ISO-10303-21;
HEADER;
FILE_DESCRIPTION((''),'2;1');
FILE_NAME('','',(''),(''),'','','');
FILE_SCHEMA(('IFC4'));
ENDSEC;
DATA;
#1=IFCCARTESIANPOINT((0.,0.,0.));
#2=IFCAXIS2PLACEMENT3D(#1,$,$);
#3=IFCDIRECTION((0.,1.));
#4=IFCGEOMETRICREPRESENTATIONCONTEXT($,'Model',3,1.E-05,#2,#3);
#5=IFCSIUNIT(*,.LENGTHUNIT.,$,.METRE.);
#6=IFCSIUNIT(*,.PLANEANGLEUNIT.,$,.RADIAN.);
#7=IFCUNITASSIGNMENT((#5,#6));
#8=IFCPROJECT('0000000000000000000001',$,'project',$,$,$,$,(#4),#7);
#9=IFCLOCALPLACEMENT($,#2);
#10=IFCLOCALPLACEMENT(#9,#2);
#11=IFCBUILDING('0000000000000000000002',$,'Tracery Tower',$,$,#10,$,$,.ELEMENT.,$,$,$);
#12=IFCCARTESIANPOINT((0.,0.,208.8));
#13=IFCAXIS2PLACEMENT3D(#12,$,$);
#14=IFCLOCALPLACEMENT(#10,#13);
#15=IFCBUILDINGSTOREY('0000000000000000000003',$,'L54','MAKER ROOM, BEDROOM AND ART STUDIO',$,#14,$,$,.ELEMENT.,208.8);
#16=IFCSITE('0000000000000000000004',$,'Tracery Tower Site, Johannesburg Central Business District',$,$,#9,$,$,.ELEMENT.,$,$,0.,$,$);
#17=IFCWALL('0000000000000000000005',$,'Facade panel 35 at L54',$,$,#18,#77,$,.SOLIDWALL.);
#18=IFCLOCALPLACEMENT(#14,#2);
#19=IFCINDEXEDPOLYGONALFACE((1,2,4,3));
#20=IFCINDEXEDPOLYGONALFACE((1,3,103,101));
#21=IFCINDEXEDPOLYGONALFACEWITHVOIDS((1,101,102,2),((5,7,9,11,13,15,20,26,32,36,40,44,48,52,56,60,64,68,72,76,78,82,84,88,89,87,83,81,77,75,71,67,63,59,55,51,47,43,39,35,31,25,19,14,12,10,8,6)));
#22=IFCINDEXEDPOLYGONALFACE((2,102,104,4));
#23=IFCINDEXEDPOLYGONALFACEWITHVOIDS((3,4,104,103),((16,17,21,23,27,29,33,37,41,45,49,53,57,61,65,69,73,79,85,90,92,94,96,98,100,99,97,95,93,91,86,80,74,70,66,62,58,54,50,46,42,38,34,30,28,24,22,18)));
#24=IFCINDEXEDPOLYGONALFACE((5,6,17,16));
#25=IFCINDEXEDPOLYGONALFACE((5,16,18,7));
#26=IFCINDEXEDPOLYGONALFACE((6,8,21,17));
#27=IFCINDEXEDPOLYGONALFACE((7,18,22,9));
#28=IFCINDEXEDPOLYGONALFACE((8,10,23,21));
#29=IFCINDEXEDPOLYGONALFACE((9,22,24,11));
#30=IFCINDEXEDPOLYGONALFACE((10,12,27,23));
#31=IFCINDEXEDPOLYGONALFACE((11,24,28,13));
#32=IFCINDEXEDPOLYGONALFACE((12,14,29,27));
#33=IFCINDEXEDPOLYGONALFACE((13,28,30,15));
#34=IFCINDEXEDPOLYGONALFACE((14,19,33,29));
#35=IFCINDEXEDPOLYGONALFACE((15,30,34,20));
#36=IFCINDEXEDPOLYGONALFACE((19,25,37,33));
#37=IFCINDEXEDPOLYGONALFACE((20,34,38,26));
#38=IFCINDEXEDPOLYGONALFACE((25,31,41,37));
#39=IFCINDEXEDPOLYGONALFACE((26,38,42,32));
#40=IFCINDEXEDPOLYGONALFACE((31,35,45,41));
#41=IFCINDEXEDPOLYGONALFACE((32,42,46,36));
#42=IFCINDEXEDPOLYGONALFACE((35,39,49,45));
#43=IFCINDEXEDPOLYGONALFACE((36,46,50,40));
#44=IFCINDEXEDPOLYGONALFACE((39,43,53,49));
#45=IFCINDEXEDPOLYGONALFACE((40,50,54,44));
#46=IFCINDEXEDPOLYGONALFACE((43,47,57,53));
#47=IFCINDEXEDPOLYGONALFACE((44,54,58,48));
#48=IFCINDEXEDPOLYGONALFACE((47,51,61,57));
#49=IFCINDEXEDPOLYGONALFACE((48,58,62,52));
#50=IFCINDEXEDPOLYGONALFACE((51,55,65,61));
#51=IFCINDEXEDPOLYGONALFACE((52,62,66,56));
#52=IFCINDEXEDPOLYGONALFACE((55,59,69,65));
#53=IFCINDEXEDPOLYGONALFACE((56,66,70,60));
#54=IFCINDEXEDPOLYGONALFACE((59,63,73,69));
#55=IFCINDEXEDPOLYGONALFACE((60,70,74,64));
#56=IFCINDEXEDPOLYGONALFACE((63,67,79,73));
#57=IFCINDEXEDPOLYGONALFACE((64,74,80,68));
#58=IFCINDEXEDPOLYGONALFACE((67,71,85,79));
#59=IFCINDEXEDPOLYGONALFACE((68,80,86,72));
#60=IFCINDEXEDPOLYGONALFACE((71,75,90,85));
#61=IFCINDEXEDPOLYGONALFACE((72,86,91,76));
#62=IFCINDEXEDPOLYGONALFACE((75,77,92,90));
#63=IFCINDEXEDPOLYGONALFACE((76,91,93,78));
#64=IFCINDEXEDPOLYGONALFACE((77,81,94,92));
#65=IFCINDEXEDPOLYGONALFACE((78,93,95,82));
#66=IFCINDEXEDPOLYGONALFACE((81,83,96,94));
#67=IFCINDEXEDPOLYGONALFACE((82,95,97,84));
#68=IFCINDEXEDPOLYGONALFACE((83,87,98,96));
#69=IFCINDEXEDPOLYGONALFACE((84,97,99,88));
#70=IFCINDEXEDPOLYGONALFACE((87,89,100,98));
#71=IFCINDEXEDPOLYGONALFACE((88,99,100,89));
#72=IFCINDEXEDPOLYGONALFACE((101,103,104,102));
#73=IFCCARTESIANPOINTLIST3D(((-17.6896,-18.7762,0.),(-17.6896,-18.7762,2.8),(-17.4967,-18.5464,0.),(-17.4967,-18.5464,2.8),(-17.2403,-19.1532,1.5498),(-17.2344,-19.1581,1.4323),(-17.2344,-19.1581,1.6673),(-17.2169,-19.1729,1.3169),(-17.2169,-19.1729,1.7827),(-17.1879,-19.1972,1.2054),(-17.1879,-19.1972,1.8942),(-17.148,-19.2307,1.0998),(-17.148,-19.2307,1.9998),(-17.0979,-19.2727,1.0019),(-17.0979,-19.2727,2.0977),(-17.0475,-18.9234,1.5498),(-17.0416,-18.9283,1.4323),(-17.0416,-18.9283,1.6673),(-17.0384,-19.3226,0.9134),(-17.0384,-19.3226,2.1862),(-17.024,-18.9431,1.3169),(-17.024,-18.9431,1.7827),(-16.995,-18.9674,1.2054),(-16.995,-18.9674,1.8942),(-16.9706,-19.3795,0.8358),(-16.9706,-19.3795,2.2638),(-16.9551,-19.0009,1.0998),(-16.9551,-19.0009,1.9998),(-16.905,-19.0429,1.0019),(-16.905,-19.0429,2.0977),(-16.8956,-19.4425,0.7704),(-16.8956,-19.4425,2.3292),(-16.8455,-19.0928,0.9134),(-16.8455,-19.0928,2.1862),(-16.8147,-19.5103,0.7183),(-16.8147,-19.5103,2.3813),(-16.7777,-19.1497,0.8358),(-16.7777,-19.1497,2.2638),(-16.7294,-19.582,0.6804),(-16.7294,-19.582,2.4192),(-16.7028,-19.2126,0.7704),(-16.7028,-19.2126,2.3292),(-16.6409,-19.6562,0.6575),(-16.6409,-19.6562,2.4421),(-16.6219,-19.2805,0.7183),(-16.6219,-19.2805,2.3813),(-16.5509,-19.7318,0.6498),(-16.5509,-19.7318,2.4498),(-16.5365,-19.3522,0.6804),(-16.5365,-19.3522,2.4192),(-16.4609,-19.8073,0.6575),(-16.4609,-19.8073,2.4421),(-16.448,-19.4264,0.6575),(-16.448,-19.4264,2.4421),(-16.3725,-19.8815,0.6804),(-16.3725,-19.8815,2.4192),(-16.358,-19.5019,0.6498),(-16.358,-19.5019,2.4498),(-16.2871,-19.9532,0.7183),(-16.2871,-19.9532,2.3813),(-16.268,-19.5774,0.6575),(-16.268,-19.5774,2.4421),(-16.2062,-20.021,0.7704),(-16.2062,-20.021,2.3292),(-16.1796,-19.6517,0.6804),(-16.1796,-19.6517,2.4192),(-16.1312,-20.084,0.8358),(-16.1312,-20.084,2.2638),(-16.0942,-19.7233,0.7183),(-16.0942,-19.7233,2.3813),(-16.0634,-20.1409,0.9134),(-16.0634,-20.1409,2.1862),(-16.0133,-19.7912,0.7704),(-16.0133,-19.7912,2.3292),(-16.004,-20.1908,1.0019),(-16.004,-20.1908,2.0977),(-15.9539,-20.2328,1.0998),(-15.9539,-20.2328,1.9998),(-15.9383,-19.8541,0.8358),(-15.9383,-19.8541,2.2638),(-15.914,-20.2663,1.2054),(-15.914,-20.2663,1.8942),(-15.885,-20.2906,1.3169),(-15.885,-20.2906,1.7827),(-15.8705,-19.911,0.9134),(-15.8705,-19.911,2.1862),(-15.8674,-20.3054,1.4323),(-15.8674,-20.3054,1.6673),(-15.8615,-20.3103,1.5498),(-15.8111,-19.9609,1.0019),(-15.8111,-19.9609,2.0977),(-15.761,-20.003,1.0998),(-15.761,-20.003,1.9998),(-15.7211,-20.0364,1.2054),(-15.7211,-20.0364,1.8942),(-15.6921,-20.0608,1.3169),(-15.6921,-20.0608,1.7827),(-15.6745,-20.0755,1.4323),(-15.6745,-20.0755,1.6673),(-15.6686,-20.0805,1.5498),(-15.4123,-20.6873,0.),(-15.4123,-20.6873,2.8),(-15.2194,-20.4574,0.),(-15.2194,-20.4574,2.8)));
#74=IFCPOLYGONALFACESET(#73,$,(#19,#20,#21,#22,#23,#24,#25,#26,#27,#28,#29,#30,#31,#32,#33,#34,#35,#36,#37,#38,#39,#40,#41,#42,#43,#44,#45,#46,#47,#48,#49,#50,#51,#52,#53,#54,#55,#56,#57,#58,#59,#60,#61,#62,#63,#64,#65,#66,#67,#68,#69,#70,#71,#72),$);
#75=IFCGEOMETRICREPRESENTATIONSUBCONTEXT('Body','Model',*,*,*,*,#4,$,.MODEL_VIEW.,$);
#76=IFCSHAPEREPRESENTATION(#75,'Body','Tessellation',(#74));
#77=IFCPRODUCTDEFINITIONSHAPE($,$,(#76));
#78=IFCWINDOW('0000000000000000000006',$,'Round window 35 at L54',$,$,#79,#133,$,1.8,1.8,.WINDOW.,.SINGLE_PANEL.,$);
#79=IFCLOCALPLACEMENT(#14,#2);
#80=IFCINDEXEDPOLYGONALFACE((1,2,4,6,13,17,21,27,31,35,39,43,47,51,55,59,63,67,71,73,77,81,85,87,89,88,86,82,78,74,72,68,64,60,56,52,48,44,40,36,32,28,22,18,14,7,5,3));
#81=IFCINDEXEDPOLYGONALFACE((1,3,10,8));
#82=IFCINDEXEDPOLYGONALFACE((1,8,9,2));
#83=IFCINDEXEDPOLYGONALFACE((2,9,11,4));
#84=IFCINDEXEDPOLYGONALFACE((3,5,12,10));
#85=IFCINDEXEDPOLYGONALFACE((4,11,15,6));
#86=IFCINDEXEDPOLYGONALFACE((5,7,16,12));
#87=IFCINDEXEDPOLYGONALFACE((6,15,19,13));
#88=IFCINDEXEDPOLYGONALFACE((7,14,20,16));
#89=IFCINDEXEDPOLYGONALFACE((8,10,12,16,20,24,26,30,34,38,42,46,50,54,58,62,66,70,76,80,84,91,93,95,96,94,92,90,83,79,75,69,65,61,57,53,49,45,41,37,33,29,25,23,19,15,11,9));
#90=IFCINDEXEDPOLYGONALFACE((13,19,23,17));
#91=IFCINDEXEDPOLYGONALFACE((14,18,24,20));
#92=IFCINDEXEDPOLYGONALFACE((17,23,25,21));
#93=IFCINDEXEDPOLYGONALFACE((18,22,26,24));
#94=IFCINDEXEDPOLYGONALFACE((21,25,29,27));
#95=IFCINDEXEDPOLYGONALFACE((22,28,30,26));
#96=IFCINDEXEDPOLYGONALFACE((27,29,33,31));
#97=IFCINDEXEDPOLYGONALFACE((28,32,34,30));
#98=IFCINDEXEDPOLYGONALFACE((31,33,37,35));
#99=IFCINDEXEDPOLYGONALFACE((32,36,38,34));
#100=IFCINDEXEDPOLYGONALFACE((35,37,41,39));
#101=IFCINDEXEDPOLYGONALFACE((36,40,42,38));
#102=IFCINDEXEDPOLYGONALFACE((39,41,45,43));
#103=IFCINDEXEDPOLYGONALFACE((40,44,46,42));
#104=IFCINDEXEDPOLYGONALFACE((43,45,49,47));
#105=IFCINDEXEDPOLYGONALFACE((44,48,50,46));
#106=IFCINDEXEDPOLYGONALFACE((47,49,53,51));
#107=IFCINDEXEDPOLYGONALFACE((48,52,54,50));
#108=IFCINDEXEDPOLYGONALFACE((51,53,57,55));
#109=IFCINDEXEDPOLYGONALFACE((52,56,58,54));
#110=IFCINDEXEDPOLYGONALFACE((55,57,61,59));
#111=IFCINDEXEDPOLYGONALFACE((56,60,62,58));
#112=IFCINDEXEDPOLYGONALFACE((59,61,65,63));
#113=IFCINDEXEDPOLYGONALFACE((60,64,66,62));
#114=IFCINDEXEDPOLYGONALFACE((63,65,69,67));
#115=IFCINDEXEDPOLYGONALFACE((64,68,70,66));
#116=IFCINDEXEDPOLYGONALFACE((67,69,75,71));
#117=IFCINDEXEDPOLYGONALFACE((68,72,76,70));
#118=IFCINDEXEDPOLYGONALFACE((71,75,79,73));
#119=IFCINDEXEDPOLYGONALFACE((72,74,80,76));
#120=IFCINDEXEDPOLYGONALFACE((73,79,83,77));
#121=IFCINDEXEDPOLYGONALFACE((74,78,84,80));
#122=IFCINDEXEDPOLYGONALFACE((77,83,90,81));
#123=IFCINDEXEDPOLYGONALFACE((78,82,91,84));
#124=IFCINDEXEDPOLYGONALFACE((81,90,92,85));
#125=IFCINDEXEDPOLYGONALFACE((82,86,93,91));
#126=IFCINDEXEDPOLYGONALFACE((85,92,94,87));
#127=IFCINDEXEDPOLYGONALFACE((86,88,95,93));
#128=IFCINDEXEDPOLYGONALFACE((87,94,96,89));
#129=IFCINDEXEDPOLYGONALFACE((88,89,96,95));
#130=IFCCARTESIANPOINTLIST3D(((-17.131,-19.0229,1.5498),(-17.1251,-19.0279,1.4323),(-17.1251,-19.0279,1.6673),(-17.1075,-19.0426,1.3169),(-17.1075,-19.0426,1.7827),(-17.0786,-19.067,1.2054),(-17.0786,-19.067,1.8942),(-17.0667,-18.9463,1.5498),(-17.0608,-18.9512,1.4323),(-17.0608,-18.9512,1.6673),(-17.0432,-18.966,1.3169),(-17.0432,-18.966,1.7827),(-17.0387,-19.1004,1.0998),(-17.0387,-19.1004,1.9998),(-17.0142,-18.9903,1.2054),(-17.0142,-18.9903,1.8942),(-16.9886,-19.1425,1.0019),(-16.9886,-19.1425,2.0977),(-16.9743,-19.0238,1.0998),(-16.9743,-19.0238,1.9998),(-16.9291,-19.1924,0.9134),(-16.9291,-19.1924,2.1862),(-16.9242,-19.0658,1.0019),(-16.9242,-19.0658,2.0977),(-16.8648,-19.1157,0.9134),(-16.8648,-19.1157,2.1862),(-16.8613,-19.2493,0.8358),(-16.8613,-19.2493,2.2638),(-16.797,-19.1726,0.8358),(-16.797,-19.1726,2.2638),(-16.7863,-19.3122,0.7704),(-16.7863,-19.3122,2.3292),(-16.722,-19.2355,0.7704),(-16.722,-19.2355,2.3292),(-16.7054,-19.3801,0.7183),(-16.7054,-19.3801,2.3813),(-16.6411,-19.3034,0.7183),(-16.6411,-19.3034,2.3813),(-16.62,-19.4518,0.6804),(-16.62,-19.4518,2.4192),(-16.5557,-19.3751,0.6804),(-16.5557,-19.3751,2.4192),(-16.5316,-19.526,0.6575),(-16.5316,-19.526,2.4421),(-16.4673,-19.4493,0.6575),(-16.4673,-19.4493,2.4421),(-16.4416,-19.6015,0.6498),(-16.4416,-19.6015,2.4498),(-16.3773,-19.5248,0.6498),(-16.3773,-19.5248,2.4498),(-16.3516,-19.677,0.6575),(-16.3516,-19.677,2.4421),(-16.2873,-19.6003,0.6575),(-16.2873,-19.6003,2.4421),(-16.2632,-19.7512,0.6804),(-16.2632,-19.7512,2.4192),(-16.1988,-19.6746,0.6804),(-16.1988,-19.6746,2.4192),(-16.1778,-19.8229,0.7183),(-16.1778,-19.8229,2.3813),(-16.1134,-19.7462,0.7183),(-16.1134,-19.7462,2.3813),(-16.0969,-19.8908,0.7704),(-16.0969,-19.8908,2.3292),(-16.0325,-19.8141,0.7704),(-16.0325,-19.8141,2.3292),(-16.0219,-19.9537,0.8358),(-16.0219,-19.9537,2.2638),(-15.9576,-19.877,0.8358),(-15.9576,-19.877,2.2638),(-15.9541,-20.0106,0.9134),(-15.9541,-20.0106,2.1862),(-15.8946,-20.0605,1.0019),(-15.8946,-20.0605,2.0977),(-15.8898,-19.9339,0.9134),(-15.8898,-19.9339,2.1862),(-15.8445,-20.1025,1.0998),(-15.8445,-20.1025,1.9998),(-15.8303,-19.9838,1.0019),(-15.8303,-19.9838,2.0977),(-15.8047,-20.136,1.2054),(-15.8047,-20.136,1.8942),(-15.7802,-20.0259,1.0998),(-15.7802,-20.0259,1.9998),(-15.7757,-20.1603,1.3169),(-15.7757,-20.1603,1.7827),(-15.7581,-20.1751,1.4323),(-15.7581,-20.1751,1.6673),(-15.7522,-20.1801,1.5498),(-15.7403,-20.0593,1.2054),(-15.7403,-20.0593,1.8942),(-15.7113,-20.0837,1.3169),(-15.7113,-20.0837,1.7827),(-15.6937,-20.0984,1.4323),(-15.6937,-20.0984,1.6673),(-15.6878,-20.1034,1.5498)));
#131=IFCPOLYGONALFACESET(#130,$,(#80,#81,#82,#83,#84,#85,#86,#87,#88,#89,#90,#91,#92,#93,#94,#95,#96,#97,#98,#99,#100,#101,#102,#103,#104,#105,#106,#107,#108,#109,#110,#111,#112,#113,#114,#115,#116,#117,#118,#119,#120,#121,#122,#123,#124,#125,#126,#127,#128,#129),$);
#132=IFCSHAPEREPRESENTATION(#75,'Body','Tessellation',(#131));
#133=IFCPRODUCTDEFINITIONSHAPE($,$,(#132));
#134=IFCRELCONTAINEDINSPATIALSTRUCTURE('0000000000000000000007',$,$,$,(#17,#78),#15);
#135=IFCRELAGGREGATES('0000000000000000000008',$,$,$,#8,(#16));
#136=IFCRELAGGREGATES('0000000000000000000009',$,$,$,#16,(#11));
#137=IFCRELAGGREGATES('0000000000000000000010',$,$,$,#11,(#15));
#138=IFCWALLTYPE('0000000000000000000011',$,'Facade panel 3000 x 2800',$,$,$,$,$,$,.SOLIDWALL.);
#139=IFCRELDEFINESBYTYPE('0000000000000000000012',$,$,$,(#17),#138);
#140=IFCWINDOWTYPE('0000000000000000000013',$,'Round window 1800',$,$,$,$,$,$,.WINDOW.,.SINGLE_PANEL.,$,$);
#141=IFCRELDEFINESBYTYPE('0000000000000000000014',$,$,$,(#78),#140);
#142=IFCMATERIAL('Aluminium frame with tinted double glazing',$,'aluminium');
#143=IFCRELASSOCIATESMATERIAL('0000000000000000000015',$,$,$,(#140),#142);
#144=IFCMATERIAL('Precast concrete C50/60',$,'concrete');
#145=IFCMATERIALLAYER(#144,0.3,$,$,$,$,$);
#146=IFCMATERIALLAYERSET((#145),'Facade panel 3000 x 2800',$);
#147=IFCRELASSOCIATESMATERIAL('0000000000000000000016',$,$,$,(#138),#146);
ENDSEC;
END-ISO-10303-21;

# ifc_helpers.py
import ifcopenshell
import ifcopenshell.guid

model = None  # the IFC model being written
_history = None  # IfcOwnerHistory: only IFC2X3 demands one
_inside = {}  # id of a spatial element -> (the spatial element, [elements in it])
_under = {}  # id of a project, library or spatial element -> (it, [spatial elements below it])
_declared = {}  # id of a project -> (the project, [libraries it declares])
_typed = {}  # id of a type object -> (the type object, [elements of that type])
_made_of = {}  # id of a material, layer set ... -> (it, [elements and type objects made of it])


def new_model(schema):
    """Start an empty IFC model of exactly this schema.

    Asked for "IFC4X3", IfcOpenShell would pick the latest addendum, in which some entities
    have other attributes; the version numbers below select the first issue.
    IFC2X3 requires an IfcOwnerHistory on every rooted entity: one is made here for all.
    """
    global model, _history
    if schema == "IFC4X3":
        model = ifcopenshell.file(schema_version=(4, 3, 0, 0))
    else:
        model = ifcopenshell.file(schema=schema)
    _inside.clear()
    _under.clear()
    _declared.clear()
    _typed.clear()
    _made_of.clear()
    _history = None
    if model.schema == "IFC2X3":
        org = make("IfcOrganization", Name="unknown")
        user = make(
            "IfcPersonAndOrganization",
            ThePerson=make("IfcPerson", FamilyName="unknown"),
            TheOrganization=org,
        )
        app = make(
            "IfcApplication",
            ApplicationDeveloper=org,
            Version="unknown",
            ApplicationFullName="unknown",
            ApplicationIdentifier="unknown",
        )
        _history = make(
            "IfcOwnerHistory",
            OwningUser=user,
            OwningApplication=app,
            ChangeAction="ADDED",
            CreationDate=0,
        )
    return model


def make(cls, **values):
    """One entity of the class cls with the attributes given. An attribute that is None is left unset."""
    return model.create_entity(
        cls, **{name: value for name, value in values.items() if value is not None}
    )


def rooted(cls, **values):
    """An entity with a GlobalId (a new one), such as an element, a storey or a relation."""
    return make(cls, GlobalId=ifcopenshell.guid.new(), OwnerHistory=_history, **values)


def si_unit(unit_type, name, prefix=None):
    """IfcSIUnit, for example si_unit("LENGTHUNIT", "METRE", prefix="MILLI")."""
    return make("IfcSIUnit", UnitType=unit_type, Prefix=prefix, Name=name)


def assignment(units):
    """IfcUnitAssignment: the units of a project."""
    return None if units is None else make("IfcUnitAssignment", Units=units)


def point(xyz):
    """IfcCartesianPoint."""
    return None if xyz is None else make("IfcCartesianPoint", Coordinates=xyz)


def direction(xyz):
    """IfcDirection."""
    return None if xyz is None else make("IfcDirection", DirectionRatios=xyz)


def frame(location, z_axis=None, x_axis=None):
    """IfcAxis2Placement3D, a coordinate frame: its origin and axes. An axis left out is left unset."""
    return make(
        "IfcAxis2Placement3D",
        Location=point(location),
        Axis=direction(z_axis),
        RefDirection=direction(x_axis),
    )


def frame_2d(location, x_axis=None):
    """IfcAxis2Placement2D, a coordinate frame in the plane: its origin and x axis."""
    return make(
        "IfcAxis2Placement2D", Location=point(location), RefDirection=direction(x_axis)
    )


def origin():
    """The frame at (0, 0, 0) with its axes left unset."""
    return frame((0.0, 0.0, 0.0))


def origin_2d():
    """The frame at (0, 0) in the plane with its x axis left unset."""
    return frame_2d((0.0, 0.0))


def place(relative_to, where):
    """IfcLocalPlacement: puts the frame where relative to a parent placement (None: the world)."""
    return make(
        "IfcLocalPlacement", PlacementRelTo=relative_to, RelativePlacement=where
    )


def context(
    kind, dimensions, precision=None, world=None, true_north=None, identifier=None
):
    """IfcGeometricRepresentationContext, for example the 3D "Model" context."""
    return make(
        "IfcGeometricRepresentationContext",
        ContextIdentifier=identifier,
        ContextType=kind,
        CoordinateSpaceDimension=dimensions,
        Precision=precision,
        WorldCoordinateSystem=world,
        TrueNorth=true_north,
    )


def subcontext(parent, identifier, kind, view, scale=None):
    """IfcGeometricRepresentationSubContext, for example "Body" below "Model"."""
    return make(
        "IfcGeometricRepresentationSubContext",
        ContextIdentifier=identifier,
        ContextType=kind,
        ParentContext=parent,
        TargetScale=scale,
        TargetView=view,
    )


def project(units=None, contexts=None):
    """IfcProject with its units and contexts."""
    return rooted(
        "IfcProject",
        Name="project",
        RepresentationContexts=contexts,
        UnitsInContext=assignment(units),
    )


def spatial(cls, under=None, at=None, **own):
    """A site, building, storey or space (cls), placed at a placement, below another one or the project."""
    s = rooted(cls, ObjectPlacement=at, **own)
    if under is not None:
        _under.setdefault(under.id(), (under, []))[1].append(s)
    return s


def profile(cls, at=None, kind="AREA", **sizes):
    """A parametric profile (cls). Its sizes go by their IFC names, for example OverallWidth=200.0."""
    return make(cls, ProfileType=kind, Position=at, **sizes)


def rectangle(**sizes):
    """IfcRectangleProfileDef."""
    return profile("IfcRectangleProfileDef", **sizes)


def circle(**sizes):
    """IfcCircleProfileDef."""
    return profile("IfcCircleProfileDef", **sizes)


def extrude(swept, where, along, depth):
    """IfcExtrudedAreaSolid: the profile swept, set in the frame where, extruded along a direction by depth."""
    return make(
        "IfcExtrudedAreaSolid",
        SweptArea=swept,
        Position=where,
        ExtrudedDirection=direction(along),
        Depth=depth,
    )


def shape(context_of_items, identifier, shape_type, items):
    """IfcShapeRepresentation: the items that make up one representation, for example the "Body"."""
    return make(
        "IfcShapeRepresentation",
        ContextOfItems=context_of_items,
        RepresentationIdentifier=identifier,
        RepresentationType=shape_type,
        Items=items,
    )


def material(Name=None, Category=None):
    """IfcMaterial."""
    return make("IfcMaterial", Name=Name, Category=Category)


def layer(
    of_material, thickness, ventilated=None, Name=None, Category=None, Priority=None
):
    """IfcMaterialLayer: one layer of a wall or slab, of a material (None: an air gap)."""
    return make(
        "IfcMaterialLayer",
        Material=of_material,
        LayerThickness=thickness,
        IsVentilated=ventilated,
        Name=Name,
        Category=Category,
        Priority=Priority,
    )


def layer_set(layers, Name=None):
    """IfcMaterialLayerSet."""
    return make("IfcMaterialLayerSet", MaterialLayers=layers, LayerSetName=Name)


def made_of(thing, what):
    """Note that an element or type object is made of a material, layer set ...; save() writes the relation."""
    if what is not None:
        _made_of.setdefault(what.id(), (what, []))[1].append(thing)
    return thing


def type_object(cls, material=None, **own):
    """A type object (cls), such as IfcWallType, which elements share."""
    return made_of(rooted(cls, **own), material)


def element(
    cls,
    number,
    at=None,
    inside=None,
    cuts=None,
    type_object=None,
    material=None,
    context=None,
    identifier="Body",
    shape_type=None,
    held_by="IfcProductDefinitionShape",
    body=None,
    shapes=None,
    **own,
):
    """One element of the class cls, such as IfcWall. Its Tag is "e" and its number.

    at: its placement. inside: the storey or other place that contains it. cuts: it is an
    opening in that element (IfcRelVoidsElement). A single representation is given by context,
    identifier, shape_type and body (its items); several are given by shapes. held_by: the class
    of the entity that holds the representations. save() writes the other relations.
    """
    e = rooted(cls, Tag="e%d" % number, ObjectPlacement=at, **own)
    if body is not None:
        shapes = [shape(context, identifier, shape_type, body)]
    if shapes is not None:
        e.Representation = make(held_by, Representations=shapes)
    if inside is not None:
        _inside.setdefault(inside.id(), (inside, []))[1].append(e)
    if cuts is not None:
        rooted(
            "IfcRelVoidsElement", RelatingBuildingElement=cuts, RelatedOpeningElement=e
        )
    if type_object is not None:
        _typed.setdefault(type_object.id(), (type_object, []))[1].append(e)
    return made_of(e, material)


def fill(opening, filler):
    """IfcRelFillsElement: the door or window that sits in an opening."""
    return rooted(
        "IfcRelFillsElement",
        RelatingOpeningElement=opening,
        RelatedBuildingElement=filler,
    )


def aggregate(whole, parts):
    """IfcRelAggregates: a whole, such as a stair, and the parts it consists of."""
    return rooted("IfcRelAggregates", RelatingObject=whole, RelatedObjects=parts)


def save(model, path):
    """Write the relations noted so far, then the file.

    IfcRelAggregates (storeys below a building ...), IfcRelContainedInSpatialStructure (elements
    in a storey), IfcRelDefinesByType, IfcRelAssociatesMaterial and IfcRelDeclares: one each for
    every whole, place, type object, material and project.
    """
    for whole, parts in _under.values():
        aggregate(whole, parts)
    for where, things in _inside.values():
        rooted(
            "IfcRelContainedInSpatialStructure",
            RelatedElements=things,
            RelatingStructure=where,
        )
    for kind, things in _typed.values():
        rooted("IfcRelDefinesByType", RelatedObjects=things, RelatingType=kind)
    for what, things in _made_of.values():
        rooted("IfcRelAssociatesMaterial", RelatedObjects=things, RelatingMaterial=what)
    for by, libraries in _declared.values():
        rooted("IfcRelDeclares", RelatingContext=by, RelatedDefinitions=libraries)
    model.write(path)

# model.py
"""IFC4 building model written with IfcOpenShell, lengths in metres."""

from ifc_helpers import new_model, si_unit, direction, frame, frame_2d, origin, origin_2d, place, context, subcontext, project, spatial, rectangle, circle, extrude, material, layer, layer_set, type_object, element, fill, save


model = new_model("IFC4")

# Units and contexts
model_context = context("Model", 3, precision=1e-05, world=origin(), true_north=direction((0.0, 1.0)))
body_context = subcontext(model_context, "Body", "Model", "MODEL_VIEW")
ifc_project = project(units=[si_unit("LENGTHUNIT", "METRE"), si_unit("PLANEANGLEUNIT", "RADIAN")], contexts=[model_context])

# Site, building, storey
site_placement = place(None, origin())
site = spatial("IfcSite", under=ifc_project, at=site_placement, Name="Tracery Tower Site, Johannesburg Central Business District", CompositionType="ELEMENT", RefElevation=0.0)
building_placement = place(site_placement, origin())
building = spatial("IfcBuilding", under=site, at=building_placement, Name="Tracery Tower", CompositionType="ELEMENT")
storey_placement = place(building_placement, frame((0.0, 0.0, 208.8)))
storey = spatial("IfcBuildingStorey", under=building, at=storey_placement, Name="L54", Description="MAKER ROOM, BEDROOM AND ART STUDIO", CompositionType="ELEMENT", Elevation=208.8)

# Wall, opening, window
ifc_material_1 = material(Name="Aluminium frame with tinted double glazing", Category="aluminium")
window_type = type_object("IfcWindowType", Name="Round window 1800", PartitioningType="SINGLE_PANEL", PredefinedType="WINDOW", material=ifc_material_1)
ifc_material_2 = material(Name="Precast concrete C50/60", Category="concrete")
ifc_layer_1 = layer(ifc_material_2, 0.3)
ifc_layer_set_1 = layer_set([ifc_layer_1], Name="Facade panel 3000 x 2800")
wall_type_1 = type_object("IfcWallType", Name="Facade panel 3000 x 2800", PredefinedType="SOLIDWALL", material=ifc_layer_set_1)
wall_1_placement = place(storey_placement, frame((-17.593, -18.6614, 0.0), z_axis=(0.0, 0.0, 1.0), x_axis=(0.766009, -0.64283, 0.0)))
wall_1 = element("IfcWall", 1, at=wall_1_placement, inside=storey, type_object=wall_type_1, Name="Facade panel 35 at L54", PredefinedType="SOLIDWALL", context=body_context, shape_type="SweptSolid", body=[
    extrude(rectangle(XDim=2.9729, YDim=0.3, at=frame_2d((1.4863, 0.0))), origin(), (0.0, 0.0, 1.0), 2.8),
])
opening_1_placement = place(wall_1_placement, frame((1.4863, 0.0, 1.5498)))
opening_1 = element("IfcOpeningElement", 2, at=opening_1_placement, cuts=wall_1, PredefinedType="OPENING", context=body_context, shape_type="SweptSolid", body=[
    extrude(circle(Radius=0.9, at=origin_2d()), frame((0.0, 0.1599, 0.0), z_axis=(0.0, -1.0, 0.0), x_axis=(1.0, 0.0, 0.0)), (0.0, 0.0, 1.0), 0.3201),
])
window_1_placement = place(opening_1_placement, origin())
window_1 = element("IfcWindow", 3, at=window_1_placement, inside=storey, type_object=window_type, Name="Round window 35 at L54", OverallHeight=1.8, OverallWidth=1.8, PartitioningType="SINGLE_PANEL", PredefinedType="WINDOW", context=body_context, shape_type="SweptSolid", body=[
    extrude(circle(Radius=0.9, at=origin_2d()), frame((0.0, 0.1201, 0.0), z_axis=(0.0, -1.0, 0.0), x_axis=(1.0, 0.0, 0.0)), (0.0, 0.0, 1.0), 0.1001),
])
fill(opening_1, window_1)

save(model, "model.ifc")
